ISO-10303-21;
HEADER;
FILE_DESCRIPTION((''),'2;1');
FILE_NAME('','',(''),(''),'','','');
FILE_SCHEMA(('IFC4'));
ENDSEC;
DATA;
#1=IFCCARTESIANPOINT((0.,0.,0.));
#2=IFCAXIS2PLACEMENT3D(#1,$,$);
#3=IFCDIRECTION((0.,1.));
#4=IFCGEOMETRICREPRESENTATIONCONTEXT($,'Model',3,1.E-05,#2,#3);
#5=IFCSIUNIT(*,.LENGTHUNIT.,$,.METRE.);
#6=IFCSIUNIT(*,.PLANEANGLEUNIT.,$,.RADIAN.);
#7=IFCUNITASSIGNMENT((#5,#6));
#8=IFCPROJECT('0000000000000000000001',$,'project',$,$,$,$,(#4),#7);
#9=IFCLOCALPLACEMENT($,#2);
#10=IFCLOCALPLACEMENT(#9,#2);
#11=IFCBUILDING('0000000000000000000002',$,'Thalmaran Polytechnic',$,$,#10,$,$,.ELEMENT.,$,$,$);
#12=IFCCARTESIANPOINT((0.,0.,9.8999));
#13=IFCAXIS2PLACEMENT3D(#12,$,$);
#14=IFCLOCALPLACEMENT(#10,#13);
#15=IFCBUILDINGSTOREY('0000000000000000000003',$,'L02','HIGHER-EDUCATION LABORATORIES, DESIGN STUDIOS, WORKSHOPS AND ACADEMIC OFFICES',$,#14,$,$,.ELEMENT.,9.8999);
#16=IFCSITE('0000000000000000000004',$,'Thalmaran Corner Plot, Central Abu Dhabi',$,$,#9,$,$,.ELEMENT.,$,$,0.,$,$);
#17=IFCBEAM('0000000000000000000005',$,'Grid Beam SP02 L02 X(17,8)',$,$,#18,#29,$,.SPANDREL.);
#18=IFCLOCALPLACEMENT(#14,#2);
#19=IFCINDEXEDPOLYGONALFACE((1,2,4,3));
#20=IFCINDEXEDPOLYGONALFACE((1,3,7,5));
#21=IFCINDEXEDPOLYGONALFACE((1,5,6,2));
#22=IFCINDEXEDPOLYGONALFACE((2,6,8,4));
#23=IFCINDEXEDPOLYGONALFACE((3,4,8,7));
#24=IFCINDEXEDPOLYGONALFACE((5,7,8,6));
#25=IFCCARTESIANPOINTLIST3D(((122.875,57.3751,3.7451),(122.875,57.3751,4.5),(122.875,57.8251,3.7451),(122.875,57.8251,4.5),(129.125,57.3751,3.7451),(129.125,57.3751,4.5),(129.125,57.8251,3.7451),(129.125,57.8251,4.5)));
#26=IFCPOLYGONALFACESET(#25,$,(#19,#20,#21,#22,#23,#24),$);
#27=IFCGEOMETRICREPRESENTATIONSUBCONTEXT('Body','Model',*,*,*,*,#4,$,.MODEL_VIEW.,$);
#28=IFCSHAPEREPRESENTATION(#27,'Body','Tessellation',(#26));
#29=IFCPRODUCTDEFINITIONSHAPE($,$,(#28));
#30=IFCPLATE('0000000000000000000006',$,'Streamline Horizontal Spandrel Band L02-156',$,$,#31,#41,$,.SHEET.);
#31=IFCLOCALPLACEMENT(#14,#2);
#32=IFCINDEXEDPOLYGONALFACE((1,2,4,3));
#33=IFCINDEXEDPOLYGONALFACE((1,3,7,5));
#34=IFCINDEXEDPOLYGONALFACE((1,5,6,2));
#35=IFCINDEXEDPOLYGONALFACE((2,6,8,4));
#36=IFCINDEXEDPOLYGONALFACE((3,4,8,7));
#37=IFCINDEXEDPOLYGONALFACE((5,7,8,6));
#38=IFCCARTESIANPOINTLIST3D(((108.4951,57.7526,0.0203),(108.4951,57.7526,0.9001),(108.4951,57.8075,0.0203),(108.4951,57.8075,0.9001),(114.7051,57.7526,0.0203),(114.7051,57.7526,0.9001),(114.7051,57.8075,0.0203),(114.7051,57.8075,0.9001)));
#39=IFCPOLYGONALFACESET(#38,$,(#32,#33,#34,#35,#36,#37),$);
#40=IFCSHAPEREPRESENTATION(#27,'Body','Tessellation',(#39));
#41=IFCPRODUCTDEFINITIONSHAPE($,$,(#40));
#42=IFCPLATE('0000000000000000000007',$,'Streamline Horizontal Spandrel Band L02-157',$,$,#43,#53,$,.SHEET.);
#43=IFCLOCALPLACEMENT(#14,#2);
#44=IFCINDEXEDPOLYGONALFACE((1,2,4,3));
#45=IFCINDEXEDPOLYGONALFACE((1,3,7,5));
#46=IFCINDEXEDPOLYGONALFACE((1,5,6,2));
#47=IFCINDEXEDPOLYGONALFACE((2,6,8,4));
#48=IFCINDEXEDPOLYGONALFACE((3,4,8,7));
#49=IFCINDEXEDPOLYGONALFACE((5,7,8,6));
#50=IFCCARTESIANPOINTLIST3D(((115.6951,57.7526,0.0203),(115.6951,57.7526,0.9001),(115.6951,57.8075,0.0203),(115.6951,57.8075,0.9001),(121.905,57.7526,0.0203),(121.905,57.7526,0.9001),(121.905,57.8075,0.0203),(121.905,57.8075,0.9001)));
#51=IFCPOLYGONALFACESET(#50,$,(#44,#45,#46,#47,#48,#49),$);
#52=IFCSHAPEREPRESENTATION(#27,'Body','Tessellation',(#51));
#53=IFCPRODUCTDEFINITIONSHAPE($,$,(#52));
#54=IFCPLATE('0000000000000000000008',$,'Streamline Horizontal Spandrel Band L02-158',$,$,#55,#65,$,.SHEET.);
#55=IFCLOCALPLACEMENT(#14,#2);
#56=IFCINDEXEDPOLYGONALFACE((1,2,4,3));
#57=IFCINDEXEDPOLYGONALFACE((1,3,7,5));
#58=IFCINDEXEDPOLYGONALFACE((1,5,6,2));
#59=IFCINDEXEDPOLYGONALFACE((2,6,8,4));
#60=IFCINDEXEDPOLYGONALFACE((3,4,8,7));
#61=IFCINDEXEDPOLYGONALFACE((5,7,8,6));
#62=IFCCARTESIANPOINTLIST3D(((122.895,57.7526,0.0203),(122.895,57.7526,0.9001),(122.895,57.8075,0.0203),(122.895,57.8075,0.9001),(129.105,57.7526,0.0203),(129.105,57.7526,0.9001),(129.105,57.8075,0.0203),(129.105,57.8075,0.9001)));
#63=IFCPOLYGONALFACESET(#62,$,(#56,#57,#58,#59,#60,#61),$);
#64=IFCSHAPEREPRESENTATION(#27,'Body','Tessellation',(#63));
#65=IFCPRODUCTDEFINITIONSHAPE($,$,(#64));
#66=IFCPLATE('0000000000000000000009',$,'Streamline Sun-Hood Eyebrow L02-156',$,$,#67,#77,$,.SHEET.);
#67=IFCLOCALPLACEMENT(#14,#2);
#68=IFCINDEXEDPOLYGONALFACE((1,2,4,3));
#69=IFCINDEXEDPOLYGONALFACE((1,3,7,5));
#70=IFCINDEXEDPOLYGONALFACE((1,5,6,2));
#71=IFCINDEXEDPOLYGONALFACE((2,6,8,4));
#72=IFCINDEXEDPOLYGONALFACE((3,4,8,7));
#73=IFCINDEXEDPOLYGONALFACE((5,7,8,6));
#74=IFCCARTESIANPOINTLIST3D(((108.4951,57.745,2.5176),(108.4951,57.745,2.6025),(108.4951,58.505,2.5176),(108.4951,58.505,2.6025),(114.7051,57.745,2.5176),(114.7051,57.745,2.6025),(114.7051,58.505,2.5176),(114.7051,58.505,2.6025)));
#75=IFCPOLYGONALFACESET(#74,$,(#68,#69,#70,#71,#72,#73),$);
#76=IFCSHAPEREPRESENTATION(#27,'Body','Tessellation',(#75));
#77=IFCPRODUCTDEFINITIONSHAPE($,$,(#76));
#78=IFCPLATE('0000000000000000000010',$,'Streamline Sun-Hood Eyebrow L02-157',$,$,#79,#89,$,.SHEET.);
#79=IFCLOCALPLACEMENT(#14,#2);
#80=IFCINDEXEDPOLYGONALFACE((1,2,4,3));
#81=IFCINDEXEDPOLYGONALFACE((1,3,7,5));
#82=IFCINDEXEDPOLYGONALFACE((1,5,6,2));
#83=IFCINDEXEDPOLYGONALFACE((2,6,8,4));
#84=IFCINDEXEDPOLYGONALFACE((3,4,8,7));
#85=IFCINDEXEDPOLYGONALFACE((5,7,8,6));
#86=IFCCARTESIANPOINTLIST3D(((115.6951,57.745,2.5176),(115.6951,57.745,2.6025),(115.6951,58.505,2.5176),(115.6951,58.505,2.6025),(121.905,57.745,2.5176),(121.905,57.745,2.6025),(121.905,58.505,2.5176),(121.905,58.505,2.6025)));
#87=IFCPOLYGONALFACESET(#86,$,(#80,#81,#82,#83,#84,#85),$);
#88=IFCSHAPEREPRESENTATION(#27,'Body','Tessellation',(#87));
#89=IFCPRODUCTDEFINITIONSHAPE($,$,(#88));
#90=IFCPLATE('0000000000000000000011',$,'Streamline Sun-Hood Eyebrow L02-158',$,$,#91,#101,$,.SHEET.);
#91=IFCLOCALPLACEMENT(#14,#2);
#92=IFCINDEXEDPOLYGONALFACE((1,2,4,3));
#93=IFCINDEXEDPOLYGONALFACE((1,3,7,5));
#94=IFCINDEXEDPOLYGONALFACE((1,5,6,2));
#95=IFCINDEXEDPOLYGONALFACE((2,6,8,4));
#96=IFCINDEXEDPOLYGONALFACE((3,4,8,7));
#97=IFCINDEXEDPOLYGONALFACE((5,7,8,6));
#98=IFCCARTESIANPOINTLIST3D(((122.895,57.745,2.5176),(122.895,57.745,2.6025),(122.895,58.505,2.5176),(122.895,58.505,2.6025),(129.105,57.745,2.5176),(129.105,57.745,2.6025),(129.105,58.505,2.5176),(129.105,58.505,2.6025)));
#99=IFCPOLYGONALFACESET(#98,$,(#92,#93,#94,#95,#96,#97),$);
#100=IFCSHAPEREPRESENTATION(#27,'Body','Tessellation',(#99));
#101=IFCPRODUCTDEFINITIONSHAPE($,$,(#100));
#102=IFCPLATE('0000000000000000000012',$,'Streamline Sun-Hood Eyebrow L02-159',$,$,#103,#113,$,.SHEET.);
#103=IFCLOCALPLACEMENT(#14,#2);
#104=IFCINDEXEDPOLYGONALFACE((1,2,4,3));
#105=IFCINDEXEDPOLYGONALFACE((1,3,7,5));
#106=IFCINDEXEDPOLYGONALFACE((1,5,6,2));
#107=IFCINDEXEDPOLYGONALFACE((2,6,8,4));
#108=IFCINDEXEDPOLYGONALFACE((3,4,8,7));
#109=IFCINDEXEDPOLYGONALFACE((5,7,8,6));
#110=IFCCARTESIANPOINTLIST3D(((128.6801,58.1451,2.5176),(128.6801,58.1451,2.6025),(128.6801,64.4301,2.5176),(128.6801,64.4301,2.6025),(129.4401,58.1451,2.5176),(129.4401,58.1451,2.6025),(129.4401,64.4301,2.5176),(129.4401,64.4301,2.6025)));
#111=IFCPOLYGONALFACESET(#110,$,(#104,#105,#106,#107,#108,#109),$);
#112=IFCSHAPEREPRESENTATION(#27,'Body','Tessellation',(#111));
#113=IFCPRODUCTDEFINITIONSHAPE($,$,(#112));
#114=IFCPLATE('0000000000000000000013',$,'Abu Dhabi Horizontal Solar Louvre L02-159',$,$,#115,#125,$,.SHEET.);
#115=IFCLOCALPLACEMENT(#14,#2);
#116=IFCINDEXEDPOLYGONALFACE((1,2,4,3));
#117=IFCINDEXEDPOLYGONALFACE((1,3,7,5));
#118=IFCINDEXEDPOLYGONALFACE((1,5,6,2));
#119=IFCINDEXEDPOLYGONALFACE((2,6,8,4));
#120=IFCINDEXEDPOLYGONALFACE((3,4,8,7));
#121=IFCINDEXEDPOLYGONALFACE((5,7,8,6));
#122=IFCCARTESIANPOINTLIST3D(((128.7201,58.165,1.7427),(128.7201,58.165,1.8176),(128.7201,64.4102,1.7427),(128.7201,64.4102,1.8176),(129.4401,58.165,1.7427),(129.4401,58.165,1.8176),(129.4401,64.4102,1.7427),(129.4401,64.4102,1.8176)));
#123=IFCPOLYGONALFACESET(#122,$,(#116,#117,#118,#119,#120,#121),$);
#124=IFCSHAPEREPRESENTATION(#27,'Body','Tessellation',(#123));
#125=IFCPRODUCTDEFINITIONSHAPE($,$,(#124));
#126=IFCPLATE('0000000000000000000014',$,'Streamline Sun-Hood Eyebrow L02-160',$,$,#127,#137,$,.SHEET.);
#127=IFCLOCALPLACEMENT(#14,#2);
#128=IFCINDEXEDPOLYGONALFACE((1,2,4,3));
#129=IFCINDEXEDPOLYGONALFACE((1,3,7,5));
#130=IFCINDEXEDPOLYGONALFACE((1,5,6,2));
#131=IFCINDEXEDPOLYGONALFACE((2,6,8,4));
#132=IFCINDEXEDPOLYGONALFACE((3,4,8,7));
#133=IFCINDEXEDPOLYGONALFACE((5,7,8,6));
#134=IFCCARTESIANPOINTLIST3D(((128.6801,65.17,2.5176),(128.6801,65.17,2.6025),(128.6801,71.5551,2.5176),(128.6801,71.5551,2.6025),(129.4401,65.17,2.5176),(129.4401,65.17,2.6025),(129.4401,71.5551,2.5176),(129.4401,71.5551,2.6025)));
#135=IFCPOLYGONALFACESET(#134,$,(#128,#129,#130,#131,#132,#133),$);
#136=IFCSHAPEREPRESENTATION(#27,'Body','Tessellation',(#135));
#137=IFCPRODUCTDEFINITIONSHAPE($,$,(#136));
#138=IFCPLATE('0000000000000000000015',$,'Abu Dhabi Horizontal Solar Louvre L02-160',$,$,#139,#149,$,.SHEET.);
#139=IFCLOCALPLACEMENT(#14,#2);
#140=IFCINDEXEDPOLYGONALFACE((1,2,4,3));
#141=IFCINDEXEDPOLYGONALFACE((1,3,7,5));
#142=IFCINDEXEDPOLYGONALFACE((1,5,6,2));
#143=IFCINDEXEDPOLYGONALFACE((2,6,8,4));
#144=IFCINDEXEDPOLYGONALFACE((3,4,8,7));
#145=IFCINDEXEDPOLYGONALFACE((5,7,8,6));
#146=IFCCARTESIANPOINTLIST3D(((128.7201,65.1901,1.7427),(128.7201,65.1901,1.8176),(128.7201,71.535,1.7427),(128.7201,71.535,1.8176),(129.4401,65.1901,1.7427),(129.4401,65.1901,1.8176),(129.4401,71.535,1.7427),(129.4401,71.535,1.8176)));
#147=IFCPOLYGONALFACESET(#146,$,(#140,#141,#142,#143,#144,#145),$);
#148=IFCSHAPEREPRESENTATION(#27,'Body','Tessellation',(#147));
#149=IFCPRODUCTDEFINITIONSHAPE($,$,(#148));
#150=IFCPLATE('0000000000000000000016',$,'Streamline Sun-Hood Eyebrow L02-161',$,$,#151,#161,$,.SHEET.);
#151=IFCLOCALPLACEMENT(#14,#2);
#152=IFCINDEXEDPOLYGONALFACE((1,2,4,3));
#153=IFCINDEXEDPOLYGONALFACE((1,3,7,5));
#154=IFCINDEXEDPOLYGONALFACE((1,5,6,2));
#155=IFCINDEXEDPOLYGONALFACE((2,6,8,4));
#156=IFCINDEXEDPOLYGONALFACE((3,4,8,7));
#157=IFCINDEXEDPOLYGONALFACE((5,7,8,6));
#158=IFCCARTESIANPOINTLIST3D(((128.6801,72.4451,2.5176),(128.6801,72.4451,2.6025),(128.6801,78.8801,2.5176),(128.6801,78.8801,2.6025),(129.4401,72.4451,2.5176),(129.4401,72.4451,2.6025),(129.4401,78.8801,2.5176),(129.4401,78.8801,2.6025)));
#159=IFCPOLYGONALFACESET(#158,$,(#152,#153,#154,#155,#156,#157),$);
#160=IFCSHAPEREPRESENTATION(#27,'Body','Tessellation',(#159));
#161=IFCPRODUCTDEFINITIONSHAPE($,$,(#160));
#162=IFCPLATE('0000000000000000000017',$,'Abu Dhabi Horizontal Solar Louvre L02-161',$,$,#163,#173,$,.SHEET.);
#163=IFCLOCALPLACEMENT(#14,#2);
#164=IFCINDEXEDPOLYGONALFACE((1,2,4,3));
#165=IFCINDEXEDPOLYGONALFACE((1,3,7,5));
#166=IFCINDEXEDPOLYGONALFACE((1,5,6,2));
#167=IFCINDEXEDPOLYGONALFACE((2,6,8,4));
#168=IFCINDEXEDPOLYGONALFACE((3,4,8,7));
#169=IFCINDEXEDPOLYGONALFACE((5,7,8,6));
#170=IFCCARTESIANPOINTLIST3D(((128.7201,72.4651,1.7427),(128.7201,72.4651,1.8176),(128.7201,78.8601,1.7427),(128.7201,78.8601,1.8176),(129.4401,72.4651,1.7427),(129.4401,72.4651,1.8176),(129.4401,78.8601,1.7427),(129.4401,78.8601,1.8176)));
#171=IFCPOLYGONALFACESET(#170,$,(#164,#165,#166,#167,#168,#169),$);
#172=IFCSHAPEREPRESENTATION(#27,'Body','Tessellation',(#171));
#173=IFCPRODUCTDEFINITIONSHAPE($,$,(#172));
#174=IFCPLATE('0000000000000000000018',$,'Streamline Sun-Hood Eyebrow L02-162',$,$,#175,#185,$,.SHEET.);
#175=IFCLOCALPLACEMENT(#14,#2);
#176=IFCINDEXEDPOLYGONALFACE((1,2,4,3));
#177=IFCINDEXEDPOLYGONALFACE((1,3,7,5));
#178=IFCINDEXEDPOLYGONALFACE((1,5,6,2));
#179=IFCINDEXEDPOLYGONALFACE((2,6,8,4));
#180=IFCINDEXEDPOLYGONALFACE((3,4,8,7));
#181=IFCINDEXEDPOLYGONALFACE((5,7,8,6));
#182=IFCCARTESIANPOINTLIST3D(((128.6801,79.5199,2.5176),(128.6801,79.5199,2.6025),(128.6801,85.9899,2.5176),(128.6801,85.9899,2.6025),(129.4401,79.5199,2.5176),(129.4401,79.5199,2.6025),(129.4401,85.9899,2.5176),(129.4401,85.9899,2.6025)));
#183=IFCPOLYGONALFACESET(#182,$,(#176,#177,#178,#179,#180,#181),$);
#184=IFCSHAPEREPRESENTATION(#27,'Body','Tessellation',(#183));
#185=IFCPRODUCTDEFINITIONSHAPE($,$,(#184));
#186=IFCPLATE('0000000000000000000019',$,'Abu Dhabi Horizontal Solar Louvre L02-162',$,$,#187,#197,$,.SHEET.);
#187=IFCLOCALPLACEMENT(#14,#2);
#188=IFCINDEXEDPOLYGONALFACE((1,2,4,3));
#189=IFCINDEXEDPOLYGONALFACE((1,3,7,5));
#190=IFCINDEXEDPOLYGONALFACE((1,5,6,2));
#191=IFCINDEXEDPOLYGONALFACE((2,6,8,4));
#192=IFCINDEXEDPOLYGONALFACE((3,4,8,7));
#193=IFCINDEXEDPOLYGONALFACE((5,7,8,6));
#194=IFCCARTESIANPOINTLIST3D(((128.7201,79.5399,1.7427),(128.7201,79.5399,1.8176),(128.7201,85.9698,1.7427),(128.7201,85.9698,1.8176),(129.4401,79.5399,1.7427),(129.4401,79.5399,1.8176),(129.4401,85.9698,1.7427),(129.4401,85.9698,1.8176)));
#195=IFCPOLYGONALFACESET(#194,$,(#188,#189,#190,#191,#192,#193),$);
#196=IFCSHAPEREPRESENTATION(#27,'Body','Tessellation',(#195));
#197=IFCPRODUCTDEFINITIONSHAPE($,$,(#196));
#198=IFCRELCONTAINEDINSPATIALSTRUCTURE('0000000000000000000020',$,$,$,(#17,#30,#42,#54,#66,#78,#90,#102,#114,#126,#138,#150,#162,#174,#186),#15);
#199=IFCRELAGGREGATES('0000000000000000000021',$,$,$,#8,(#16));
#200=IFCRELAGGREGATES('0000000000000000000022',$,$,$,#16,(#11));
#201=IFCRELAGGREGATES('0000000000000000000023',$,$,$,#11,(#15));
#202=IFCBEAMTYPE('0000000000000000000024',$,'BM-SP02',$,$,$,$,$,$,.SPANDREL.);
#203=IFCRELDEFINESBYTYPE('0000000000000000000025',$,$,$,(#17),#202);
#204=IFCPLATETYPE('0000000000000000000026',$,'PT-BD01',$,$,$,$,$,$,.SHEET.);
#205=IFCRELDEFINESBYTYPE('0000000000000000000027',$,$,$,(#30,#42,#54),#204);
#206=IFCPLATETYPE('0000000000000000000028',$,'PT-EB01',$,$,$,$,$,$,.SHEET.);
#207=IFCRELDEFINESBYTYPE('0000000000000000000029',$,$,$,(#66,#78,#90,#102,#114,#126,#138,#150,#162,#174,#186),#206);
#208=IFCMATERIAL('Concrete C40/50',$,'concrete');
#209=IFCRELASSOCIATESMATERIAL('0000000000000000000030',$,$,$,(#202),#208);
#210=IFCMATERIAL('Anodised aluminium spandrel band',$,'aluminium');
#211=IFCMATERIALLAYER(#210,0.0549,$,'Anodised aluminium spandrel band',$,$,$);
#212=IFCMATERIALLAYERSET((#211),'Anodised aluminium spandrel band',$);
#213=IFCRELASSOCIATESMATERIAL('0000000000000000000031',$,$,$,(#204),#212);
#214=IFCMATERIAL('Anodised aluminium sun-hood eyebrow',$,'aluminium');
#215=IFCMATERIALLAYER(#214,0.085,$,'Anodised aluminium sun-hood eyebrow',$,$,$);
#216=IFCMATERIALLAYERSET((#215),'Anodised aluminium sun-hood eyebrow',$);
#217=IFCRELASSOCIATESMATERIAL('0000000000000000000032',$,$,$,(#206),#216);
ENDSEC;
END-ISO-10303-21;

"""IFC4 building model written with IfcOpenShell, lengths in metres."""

from ifc_helpers import new_model, si_unit, direction, frame, origin, origin_2d, place, context, subcontext, project, spatial, rectangle, extrude, material, layer, layer_set, material_profile, profile_set, type_object, element, save


model = new_model("IFC4")

# Units and contexts
model_context = context("Model", 3, precision=1e-05, world=origin(), true_north=direction((0.0, 1.0)))
body_context = subcontext(model_context, "Body", "Model", "MODEL_VIEW")
ifc_project = project(units=[si_unit("LENGTHUNIT", "METRE"), si_unit("PLANEANGLEUNIT", "RADIAN")], contexts=[model_context])

# Site, building, storey
site_placement = place(None, origin())
site = spatial("IfcSite", under=ifc_project, at=site_placement, Name="Thalmaran Corner Plot, Central Abu Dhabi", CompositionType="ELEMENT", RefElevation=0.0)
building_placement = place(site_placement, origin())
building = spatial("IfcBuilding", under=site, at=building_placement, Name="Thalmaran Polytechnic", CompositionType="ELEMENT")
storey_placement = place(building_placement, frame((0.0, 0.0, 9.8999)))
storey = spatial("IfcBuildingStorey", under=building, at=storey_placement, Name="L02", Description="HIGHER-EDUCATION LABORATORIES, DESIGN STUDIOS, WORKSHOPS AND ACADEMIC OFFICES", CompositionType="ELEMENT", Elevation=9.8999)

# Beam
ifc_material_1 = material(Name="Concrete C40/50", Category="concrete")
ifc_material_profile = material_profile(ifc_material_1, rectangle(XDim=0.45, YDim=0.7549, at=origin_2d()), Name="RC 450x755")
ifc_profile_set = profile_set([ifc_material_profile], Name="Concrete C40/50")
beam_type = type_object("IfcBeamType", Name="BM-SP02", PredefinedType="SPANDREL", material=ifc_profile_set)
beam_placement = place(storey_placement, frame((122.875, 57.6001, 4.1226), z_axis=(1.0, 0.0, 0.0), x_axis=(0.0, 1.0, 0.0)))
element("IfcBeam", 1, at=beam_placement, inside=storey, type_object=beam_type, Name="Grid Beam SP02 L02 X(17,8)", PredefinedType="SPANDREL", context=body_context, shape_type="SweptSolid", body=[
    extrude(rectangle(XDim=0.45, YDim=0.7549, at=origin_2d()), origin(), (0.0, 0.0, 1.0), 6.25),
])

# Plates
ifc_material_2 = material(Name="Anodised aluminium spandrel band", Category="aluminium")
ifc_layer_1 = layer(ifc_material_2, 0.0549, Name="Anodised aluminium spandrel band")
ifc_layer_set_1 = layer_set([ifc_layer_1], Name="Anodised aluminium spandrel band")
plate_type_1 = type_object("IfcPlateType", Name="PT-BD01", PredefinedType="SHEET", material=ifc_layer_set_1)
for number, where, z_axis, x_axis, name in (
    (2, (111.6001, 57.78, 0.0203), (0.0, 0.0, 1.0), (1.0, 0.0, 0.0), "Streamline Horizontal Spandrel Band L02-156"),
    (3, (118.8, 57.78, 0.0203), (0.0, 0.0, 1.0), (1.0, 0.0, 0.0), "Streamline Horizontal Spandrel Band L02-157"),
    (4, (126.0, 57.78, 0.0203), (0.0, 0.0, 1.0), (1.0, 0.0, 0.0), "Streamline Horizontal Spandrel Band L02-158"),
):
    element("IfcPlate", number, at=place(storey_placement, frame(where, z_axis=z_axis, x_axis=x_axis)), inside=storey, type_object=plate_type_1, Name=name, PredefinedType="SHEET", context=body_context, shape_type="SweptSolid", body=[
        extrude(rectangle(XDim=6.21, YDim=0.0549, at=origin_2d()), origin(), (0.0, 0.0, 1.0), 0.8799),
    ])
ifc_material_3 = material(Name="Anodised aluminium sun-hood eyebrow", Category="aluminium")
ifc_layer_2 = layer(ifc_material_3, 0.085, Name="Anodised aluminium sun-hood eyebrow")
ifc_layer_set_2 = layer_set([ifc_layer_2], Name="Anodised aluminium sun-hood eyebrow")
plate_type_2 = type_object("IfcPlateType", Name="PT-EB01", PredefinedType="SHEET", material=ifc_layer_set_2)
for number, where, z_axis, x_axis, name in (
    (5, (111.6001, 58.125, 2.5176), (0.0, 0.0, 1.0), (1.0, 0.0, 0.0), "Streamline Sun-Hood Eyebrow L02-156"),
    (6, (118.8, 58.125, 2.5176), (0.0, 0.0, 1.0), (1.0, 0.0, 0.0), "Streamline Sun-Hood Eyebrow L02-157"),
    (7, (126.0, 58.125, 2.5176), (0.0, 0.0, 1.0), (1.0, 0.0, 0.0), "Streamline Sun-Hood Eyebrow L02-158"),
):
    element("IfcPlate", number, at=place(storey_placement, frame(where, z_axis=z_axis, x_axis=x_axis)), inside=storey, type_object=plate_type_2, Name=name, PredefinedType="SHEET", context=body_context, shape_type="SweptSolid", body=[
        extrude(rectangle(XDim=6.21, YDim=0.76, at=origin_2d()), origin(), (0.0, 0.0, 1.0), 0.085),
    ])
plate_1_placement = place(storey_placement, frame((129.0601, 61.2876, 2.5176), z_axis=(0.0, 0.0, 1.0), x_axis=(0.0, 1.0, 0.0)))
element("IfcPlate", 8, at=plate_1_placement, inside=storey, type_object=plate_type_2, Name="Streamline Sun-Hood Eyebrow L02-159", PredefinedType="SHEET", context=body_context, shape_type="SweptSolid", body=[
    extrude(rectangle(XDim=6.2849, YDim=0.76, at=origin_2d()), origin(), (0.0, 0.0, 1.0), 0.085),
])
plate_2_placement = place(storey_placement, frame((129.0801, 61.2876, 1.7427), z_axis=(0.0, 0.0, 1.0), x_axis=(0.0, 1.0, 0.0)))
element("IfcPlate", 9, at=plate_2_placement, inside=storey, type_object=plate_type_2, Name="Abu Dhabi Horizontal Solar Louvre L02-159", PredefinedType="SHEET", context=body_context, shape_type="SweptSolid", body=[
    extrude(rectangle(XDim=6.2451, YDim=0.72, at=origin_2d()), origin(), (0.0, 0.0, 1.0), 0.075),
])
plate_3_placement = place(storey_placement, frame((129.0601, 68.3625, 2.5176), z_axis=(0.0, 0.0, 1.0), x_axis=(0.0, 1.0, 0.0)))
element("IfcPlate", 10, at=plate_3_placement, inside=storey, type_object=plate_type_2, Name="Streamline Sun-Hood Eyebrow L02-160", PredefinedType="SHEET", context=body_context, shape_type="SweptSolid", body=[
    extrude(rectangle(XDim=6.385, YDim=0.76, at=origin_2d()), origin(), (0.0, 0.0, 1.0), 0.085),
])
plate_4_placement = place(storey_placement, frame((129.0801, 68.3625, 1.7427), z_axis=(0.0, 0.0, 1.0), x_axis=(0.0, 1.0, 0.0)))
element("IfcPlate", 11, at=plate_4_placement, inside=storey, type_object=plate_type_2, Name="Abu Dhabi Horizontal Solar Louvre L02-160", PredefinedType="SHEET", context=body_context, shape_type="SweptSolid", body=[
    extrude(rectangle(XDim=6.345, YDim=0.72, at=origin_2d()), origin(), (0.0, 0.0, 1.0), 0.075),
])
plate_5_placement = place(storey_placement, frame((129.0601, 75.6626, 2.5176), z_axis=(0.0, 0.0, 1.0), x_axis=(0.0, 1.0, 0.0)))
element("IfcPlate", 12, at=plate_5_placement, inside=storey, type_object=plate_type_2, Name="Streamline Sun-Hood Eyebrow L02-161", PredefinedType="SHEET", context=body_context, shape_type="SweptSolid", body=[
    extrude(rectangle(XDim=6.4351, YDim=0.76, at=origin_2d()), origin(), (0.0, 0.0, 1.0), 0.085),
])
plate_6_placement = place(storey_placement, frame((129.0801, 75.6626, 1.7427), z_axis=(0.0, 0.0, 1.0), x_axis=(0.0, 1.0, 0.0)))
element("IfcPlate", 13, at=plate_6_placement, inside=storey, type_object=plate_type_2, Name="Abu Dhabi Horizontal Solar Louvre L02-161", PredefinedType="SHEET", context=body_context, shape_type="SweptSolid", body=[
    extrude(rectangle(XDim=6.395, YDim=0.72, at=origin_2d()), origin(), (0.0, 0.0, 1.0), 0.075),
])
plate_7_placement = place(storey_placement, frame((129.0601, 82.7549, 2.5176), z_axis=(0.0, 0.0, 1.0), x_axis=(0.0, 1.0, 0.0)))
element("IfcPlate", 14, at=plate_7_placement, inside=storey, type_object=plate_type_2, Name="Streamline Sun-Hood Eyebrow L02-162", PredefinedType="SHEET", context=body_context, shape_type="SweptSolid", body=[
    extrude(rectangle(XDim=6.47, YDim=0.76, at=origin_2d()), origin(), (0.0, 0.0, 1.0), 0.085),
])
plate_8_placement = place(storey_placement, frame((129.0801, 82.7549, 1.7427), z_axis=(0.0, 0.0, 1.0), x_axis=(0.0, 1.0, 0.0)))
element("IfcPlate", 15, at=plate_8_placement, inside=storey, type_object=plate_type_2, Name="Abu Dhabi Horizontal Solar Louvre L02-162", PredefinedType="SHEET", context=body_context, shape_type="SweptSolid", body=[
    extrude(rectangle(XDim=6.4299, YDim=0.72, at=origin_2d()), origin(), (0.0, 0.0, 1.0), 0.075),
])

save(model, "model.ifc")
